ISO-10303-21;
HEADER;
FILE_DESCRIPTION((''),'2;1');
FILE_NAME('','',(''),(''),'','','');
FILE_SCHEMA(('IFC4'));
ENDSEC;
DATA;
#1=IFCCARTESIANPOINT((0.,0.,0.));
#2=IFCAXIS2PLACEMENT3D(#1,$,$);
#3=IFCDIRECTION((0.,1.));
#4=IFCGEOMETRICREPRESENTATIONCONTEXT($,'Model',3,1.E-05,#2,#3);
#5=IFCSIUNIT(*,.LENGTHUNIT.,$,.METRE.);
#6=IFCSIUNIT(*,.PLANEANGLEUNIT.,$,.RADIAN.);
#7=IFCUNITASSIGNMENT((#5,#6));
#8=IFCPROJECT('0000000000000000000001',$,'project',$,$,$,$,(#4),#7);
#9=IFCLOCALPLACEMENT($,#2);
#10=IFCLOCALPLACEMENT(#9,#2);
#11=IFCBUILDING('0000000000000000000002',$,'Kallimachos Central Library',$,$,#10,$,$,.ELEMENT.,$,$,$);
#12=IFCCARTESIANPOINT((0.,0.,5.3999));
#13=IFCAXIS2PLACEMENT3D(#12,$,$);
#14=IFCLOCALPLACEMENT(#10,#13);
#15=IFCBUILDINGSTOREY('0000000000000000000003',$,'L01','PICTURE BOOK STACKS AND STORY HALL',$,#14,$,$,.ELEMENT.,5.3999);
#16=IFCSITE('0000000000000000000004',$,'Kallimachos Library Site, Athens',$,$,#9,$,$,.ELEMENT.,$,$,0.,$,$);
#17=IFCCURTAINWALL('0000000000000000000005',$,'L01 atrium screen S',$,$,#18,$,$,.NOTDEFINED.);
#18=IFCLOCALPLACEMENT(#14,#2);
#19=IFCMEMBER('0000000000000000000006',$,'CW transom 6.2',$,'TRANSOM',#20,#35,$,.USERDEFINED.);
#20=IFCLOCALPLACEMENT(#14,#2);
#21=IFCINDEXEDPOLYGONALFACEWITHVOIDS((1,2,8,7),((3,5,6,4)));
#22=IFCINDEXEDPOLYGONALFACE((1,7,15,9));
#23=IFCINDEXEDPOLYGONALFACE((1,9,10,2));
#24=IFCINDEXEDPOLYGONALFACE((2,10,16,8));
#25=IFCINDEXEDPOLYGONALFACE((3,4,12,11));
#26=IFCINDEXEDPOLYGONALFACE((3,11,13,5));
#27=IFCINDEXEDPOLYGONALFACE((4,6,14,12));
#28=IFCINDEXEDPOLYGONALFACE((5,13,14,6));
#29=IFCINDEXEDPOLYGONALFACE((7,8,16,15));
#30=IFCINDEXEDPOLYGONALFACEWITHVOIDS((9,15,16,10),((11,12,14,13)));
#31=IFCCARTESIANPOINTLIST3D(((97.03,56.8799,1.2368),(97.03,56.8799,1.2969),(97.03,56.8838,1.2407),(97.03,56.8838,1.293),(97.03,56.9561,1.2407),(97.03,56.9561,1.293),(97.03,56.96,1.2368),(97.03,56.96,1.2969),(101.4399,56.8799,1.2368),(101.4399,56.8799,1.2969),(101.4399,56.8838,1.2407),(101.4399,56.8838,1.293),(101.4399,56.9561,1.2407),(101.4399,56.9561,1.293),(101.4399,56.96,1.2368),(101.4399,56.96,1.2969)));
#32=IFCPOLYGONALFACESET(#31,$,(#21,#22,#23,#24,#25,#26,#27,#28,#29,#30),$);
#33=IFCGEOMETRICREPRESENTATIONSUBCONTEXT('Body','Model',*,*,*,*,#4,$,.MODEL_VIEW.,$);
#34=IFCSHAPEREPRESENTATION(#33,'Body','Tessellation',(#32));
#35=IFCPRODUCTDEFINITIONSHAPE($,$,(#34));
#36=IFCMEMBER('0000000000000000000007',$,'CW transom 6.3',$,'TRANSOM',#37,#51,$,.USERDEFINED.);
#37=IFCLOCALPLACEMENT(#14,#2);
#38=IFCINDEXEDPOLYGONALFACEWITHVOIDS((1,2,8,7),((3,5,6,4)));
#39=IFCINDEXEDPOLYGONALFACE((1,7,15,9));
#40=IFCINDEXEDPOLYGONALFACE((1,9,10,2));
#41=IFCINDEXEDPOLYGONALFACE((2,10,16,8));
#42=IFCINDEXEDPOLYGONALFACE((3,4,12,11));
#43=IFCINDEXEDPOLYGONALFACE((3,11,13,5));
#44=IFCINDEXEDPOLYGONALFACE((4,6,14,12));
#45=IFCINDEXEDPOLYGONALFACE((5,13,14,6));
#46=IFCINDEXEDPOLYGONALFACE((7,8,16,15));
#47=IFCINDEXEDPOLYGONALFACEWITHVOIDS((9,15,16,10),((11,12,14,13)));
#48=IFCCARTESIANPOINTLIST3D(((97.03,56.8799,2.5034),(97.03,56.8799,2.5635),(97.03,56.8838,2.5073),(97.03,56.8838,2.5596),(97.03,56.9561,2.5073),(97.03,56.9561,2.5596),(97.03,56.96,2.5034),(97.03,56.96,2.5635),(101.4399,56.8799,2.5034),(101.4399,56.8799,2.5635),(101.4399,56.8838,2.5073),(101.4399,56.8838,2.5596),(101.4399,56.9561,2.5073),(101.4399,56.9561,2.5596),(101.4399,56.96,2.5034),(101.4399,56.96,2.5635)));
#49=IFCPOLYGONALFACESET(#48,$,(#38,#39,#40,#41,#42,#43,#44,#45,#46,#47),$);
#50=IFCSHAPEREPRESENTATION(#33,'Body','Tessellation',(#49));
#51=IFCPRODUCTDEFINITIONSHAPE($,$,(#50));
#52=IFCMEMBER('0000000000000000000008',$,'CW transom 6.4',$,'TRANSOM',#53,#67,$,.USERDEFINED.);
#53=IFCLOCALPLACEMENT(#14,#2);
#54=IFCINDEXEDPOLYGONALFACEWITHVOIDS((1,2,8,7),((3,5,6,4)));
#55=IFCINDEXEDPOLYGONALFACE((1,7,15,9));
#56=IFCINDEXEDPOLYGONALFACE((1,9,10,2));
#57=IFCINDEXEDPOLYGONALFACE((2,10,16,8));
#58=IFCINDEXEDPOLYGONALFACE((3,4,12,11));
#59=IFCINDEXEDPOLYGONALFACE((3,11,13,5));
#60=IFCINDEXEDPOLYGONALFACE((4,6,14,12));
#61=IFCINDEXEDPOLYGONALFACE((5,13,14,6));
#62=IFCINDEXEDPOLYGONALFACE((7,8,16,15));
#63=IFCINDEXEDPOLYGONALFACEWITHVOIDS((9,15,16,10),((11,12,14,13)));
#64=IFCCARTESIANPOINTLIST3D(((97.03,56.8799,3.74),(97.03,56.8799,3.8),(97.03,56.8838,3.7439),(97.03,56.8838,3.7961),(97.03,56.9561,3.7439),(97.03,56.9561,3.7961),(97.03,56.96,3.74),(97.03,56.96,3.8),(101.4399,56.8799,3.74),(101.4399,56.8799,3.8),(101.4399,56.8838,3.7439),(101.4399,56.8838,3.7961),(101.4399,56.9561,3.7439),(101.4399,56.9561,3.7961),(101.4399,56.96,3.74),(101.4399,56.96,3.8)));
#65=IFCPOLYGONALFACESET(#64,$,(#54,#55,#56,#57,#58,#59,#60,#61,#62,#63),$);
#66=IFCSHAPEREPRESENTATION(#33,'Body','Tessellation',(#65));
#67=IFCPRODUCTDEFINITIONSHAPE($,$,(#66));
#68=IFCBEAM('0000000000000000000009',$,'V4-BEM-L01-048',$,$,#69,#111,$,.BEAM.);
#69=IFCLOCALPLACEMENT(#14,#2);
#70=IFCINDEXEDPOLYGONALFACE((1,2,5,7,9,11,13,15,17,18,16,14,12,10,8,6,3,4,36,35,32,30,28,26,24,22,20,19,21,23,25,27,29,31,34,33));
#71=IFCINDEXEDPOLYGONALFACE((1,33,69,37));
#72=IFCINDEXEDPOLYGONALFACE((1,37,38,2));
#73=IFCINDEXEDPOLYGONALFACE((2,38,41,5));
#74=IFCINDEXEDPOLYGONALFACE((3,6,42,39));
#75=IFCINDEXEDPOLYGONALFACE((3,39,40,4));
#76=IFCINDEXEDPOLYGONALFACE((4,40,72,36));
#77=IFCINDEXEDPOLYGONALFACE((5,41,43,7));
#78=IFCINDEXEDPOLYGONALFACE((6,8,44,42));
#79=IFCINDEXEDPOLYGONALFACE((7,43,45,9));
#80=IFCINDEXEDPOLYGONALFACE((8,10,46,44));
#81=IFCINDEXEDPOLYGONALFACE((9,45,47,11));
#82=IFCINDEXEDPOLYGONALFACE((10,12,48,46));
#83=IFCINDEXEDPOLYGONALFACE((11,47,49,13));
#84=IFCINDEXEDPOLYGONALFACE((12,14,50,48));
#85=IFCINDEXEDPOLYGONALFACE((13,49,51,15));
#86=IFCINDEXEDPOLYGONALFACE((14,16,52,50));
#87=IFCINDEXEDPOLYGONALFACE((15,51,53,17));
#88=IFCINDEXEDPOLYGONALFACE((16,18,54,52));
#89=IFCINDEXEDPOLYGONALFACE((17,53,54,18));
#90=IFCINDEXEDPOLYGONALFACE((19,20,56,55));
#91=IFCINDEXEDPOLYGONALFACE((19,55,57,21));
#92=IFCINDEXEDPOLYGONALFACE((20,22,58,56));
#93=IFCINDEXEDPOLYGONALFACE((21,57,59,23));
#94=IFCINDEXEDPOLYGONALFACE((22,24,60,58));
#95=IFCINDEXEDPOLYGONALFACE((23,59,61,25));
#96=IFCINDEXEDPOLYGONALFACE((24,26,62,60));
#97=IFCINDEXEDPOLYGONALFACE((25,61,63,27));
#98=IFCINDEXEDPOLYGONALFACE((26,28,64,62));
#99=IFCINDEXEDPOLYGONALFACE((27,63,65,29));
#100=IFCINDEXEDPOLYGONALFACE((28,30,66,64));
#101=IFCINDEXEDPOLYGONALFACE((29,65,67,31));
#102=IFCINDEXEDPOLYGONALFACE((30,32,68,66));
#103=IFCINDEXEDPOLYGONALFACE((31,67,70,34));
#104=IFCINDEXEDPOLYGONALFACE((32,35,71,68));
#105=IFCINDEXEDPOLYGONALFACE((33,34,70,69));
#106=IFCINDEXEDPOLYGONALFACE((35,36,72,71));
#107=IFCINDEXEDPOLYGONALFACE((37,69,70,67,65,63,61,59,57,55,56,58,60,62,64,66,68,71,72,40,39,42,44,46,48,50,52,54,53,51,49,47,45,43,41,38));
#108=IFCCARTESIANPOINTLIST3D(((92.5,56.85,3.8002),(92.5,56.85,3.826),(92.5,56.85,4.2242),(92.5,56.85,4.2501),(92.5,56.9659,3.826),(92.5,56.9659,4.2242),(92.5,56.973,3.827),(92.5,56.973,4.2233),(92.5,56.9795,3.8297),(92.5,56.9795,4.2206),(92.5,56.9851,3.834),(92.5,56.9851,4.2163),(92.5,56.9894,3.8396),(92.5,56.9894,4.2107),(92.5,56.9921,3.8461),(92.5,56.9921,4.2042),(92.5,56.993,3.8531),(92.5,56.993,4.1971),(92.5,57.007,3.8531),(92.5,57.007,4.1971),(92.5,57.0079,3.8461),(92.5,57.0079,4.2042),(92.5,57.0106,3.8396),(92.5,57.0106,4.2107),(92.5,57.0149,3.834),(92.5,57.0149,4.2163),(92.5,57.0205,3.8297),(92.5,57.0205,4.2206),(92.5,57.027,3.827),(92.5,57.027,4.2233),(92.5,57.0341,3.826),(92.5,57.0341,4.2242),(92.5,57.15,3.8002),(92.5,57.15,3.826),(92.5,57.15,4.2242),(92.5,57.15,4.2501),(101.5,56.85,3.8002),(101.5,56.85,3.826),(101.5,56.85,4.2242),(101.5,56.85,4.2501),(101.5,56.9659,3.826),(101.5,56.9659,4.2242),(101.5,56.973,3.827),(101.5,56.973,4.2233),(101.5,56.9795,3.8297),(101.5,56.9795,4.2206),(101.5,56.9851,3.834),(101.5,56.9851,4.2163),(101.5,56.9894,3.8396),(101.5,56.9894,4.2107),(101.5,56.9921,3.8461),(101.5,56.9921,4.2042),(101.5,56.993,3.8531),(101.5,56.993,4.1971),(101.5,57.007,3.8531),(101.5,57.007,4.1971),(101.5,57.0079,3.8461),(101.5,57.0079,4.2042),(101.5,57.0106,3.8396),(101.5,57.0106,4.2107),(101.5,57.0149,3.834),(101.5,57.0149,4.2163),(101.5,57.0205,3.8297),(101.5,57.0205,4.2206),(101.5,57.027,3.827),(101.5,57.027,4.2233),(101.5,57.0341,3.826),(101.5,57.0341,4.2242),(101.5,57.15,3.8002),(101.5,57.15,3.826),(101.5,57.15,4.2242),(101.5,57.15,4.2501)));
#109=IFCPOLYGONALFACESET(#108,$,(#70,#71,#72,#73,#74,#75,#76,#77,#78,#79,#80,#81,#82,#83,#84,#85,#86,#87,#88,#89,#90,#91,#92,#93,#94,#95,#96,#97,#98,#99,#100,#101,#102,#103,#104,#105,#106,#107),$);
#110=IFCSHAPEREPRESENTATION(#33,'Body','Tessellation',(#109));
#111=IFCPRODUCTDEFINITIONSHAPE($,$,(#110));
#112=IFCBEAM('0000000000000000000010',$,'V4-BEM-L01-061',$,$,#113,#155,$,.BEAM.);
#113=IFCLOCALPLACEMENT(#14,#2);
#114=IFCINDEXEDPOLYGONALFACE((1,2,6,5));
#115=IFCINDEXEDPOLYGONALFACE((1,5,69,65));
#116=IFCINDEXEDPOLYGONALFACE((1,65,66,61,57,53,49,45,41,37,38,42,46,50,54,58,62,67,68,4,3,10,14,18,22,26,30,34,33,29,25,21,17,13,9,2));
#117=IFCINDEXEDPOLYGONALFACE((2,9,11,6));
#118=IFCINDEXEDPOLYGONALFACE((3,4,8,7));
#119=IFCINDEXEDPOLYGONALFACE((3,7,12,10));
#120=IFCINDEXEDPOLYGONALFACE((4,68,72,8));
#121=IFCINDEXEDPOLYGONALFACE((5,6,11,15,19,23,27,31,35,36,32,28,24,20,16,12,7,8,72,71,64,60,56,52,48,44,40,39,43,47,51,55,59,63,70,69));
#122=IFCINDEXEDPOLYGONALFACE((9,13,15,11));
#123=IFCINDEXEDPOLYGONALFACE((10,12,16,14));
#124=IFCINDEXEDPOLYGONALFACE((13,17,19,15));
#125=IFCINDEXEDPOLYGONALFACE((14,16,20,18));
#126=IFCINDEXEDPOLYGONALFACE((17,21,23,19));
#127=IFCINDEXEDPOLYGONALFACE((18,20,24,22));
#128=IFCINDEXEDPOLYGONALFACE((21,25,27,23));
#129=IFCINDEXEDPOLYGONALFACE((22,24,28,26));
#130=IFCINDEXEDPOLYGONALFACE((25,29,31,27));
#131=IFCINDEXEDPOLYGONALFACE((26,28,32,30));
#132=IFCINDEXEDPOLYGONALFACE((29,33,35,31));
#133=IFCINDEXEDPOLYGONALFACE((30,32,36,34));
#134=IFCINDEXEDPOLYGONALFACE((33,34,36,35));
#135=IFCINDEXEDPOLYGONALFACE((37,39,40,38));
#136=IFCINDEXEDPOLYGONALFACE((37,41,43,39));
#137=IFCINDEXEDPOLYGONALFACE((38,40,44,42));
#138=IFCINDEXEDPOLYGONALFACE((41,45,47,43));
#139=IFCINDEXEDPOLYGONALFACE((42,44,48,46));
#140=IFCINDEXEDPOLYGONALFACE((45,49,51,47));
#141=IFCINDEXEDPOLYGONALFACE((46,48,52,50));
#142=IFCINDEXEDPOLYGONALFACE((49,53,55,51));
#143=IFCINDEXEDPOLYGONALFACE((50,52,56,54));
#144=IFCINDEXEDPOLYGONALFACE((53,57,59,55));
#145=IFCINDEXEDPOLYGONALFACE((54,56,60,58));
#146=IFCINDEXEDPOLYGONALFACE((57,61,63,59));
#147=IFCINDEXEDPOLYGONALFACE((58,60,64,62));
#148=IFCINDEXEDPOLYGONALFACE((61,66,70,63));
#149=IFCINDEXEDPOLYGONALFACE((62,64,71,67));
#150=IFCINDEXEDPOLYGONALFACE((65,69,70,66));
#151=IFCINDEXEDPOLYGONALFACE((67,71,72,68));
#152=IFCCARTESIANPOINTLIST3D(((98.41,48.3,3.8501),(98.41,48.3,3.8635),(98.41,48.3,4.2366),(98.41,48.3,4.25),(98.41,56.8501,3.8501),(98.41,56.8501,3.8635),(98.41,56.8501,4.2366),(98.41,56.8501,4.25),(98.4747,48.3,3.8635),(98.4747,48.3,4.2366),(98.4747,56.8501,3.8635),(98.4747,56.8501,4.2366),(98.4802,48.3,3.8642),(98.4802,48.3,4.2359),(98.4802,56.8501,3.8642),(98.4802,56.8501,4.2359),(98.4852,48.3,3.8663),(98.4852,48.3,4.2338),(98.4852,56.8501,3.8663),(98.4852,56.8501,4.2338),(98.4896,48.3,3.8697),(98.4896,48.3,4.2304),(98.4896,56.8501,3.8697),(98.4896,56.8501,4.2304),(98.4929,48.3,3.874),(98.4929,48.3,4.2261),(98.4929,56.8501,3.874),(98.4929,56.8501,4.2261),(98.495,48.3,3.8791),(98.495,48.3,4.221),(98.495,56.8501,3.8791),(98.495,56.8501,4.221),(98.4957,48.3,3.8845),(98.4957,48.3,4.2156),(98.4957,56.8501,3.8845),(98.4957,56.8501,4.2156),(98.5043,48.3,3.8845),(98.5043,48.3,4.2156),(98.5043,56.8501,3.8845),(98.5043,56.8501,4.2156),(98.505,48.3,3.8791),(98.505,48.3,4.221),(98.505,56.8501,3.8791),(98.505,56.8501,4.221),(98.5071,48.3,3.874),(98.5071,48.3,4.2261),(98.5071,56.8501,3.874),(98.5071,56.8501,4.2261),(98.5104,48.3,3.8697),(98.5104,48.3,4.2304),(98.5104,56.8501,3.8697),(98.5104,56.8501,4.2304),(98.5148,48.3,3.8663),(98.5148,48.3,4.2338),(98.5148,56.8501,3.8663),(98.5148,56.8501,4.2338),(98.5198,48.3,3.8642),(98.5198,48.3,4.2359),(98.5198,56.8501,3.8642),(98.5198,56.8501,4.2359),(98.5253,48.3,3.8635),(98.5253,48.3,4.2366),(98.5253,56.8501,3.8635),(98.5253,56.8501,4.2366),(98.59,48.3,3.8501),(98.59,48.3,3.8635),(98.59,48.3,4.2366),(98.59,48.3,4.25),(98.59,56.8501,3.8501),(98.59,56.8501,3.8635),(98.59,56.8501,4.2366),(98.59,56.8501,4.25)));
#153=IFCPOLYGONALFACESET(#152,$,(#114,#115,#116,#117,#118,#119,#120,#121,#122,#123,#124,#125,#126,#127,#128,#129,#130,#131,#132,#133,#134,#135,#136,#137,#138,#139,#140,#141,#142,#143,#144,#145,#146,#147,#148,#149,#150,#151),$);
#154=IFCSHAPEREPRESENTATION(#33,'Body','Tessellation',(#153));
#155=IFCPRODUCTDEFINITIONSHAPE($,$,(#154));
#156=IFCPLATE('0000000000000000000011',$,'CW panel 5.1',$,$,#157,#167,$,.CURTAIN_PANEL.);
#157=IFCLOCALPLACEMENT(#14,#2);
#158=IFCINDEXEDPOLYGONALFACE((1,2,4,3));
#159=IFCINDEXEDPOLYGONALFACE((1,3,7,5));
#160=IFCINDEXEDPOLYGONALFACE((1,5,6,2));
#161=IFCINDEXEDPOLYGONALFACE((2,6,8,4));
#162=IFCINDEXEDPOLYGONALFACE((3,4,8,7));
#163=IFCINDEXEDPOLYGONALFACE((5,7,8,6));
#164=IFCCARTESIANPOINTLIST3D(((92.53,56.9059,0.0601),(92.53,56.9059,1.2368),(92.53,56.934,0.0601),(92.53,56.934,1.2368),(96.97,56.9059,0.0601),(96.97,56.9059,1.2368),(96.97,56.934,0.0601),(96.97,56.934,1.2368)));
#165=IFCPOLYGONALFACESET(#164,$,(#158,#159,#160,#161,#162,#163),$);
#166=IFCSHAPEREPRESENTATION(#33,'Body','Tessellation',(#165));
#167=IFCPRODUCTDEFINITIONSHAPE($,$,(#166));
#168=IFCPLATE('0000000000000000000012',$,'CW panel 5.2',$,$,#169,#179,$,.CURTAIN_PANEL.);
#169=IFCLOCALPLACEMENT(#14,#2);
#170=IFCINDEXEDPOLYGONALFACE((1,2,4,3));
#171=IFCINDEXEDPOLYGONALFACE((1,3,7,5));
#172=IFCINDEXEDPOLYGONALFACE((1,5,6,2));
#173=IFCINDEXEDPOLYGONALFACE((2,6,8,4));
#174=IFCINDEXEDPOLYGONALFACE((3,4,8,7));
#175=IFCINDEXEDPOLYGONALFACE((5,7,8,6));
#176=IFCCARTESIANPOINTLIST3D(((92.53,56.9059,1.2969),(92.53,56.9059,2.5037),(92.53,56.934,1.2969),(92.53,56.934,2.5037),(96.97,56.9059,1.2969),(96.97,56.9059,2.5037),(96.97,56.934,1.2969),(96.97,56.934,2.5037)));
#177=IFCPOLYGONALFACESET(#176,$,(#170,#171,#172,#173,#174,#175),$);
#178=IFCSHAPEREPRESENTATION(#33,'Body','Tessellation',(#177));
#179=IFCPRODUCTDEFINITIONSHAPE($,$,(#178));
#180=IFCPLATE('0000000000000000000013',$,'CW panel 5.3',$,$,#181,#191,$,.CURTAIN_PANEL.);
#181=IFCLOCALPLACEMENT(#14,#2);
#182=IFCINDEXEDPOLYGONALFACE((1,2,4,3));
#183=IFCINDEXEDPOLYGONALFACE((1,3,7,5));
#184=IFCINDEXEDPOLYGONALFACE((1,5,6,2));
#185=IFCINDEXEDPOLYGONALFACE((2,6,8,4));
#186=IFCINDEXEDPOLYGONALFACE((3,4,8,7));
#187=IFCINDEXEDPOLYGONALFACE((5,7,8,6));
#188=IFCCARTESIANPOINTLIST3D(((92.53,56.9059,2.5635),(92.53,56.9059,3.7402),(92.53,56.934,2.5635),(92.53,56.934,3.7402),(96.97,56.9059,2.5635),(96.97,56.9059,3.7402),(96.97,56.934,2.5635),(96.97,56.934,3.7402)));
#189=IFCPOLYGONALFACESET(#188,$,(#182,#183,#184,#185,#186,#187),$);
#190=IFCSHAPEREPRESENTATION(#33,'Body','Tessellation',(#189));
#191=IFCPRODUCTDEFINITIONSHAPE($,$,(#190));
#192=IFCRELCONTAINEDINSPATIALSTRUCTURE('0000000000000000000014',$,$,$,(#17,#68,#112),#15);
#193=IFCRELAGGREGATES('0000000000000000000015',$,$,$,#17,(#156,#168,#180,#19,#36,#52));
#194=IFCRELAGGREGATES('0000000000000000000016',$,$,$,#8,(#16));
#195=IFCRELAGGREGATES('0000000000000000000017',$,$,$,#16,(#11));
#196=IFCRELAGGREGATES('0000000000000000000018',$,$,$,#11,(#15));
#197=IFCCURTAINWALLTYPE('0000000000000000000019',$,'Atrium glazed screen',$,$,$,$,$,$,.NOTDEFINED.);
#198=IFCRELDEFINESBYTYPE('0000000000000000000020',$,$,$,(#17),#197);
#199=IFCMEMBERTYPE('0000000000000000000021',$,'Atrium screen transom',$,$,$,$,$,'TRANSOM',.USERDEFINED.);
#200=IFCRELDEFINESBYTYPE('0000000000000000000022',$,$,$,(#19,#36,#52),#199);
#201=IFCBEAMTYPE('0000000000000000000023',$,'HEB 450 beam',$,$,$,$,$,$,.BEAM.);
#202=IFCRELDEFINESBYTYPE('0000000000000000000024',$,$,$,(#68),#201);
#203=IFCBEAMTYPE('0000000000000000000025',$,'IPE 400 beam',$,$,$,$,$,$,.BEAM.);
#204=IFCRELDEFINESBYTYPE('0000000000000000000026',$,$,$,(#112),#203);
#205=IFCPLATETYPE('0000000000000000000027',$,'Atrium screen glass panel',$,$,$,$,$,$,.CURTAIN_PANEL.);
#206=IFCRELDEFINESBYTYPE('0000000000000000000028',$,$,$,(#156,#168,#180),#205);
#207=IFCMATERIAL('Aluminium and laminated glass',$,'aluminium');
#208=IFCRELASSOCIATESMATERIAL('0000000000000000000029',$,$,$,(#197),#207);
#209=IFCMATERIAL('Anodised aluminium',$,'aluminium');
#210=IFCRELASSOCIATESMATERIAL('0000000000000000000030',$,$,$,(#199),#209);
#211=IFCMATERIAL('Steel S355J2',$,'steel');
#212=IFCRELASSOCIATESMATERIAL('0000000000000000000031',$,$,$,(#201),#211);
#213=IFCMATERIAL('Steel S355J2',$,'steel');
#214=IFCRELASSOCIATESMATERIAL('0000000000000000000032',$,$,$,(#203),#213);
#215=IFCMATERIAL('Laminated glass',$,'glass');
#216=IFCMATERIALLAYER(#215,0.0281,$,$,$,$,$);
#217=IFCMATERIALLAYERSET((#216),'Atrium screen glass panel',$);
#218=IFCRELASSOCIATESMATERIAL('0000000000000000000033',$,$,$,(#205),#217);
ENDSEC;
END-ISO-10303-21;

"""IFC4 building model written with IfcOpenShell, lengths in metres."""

from ifc_helpers import new_model, si_unit, direction, frame, origin, origin_2d, place, context, subcontext, project, spatial, rectangle, hollow_rectangle, i_section, extrude, material, layer, layer_set, material_profile, profile_set, type_object, element, aggregate, save


model = new_model("IFC4")

# Units and contexts
model_context = context("Model", 3, precision=1e-05, world=origin(), true_north=direction((0.0, 1.0)))
body_context = subcontext(model_context, "Body", "Model", "MODEL_VIEW")
ifc_project = project(units=[si_unit("LENGTHUNIT", "METRE"), si_unit("PLANEANGLEUNIT", "RADIAN")], contexts=[model_context])

# Site, building, storey
site_placement = place(None, origin())
site = spatial("IfcSite", under=ifc_project, at=site_placement, Name="Kallimachos Library Site, Athens", CompositionType="ELEMENT", RefElevation=0.0)
building_placement = place(site_placement, origin())
building = spatial("IfcBuilding", under=site, at=building_placement, Name="Kallimachos Central Library", CompositionType="ELEMENT")
storey_placement = place(building_placement, frame((0.0, 0.0, 5.3999)))
storey = spatial("IfcBuildingStorey", under=building, at=storey_placement, Name="L01", Description="PICTURE BOOK STACKS AND STORY HALL", CompositionType="ELEMENT", Elevation=5.3999)

# Curtain wall, members
ifc_material_1 = material(Name="Aluminium and laminated glass", Category="aluminium")
curtain_wall_type = type_object("IfcCurtainWallType", Name="Atrium glazed screen", PredefinedType="NOTDEFINED", material=ifc_material_1)
curtain_wall_placement = place(storey_placement, origin())
curtain_wall = element("IfcCurtainWall", 1, at=curtain_wall_placement, inside=storey, type_object=curtain_wall_type, Name="L01 atrium screen S", PredefinedType="NOTDEFINED")
ifc_material_2 = material(Name="Anodised aluminium", Category="aluminium")
ifc_material_profile_1 = material_profile(ifc_material_2, hollow_rectangle(XDim=0.0601, YDim=0.0801, WallThickness=0.0039, at=origin_2d()), Name="ALU TRANSOM 60x80")
ifc_profile_set_1 = profile_set([ifc_material_profile_1], Name="Anodised aluminium")
member_type_1 = type_object("IfcMemberType", Name="Atrium screen transom", ElementType="TRANSOM", PredefinedType="USERDEFINED", material=ifc_profile_set_1)
member_1_placement = place(storey_placement, frame((97.03, 56.9199, 1.2668), z_axis=(1.0, 0.0, 0.0), x_axis=(0.0, 0.0, 1.0)))
member_1 = element("IfcMember", 2, at=member_1_placement, type_object=member_type_1, Name="CW transom 6.2", ObjectType="TRANSOM", PredefinedType="USERDEFINED", context=body_context, shape_type="SweptSolid", body=[
    extrude(hollow_rectangle(XDim=0.0601, YDim=0.0801, WallThickness=0.0039, at=origin_2d()), origin(), (0.0, 0.0, 1.0), 4.4099),
])
member_2_placement = place(storey_placement, frame((97.03, 56.9199, 2.5334), z_axis=(1.0, 0.0, 0.0), x_axis=(0.0, 0.0, 1.0)))
member_2 = element("IfcMember", 3, at=member_2_placement, type_object=member_type_1, Name="CW transom 6.3", ObjectType="TRANSOM", PredefinedType="USERDEFINED", context=body_context, shape_type="SweptSolid", body=[
    extrude(hollow_rectangle(XDim=0.0601, YDim=0.0801, WallThickness=0.0039, at=origin_2d()), origin(), (0.0, 0.0, 1.0), 4.4099),
])
member_3_placement = place(storey_placement, frame((97.03, 56.9199, 3.77), z_axis=(1.0, 0.0, 0.0), x_axis=(0.0, 0.0, 1.0)))
member_3 = element("IfcMember", 4, at=member_3_placement, type_object=member_type_1, Name="CW transom 6.4", ObjectType="TRANSOM", PredefinedType="USERDEFINED", context=body_context, shape_type="SweptSolid", body=[
    extrude(hollow_rectangle(XDim=0.0601, YDim=0.0801, WallThickness=0.0039, at=origin_2d()), origin(), (0.0, 0.0, 1.0), 4.4099),
])

# Beams
ifc_material_3 = material(Name="Steel S355J2", Category="steel")
ifc_material_profile_2 = material_profile(ifc_material_3, i_section(OverallWidth=0.3, OverallDepth=0.45, WebThickness=0.0139, FlangeThickness=0.0259, FilletRadius=0.0271, at=origin_2d()), Name="HEB 450")
ifc_profile_set_2 = profile_set([ifc_material_profile_2], Name="Steel S355J2")
beam_type_1 = type_object("IfcBeamType", Name="HEB 450 beam", PredefinedType="BEAM", material=ifc_profile_set_2)
beam_1_placement = place(storey_placement, frame((92.5, 57.0, 4.0251), z_axis=(1.0, 0.0, 0.0), x_axis=(0.0, 1.0, 0.0)))
element("IfcBeam", 5, at=beam_1_placement, inside=storey, type_object=beam_type_1, Name="V4-BEM-L01-048", PredefinedType="BEAM", context=body_context, shape_type="SweptSolid", body=[
    extrude(i_section(OverallWidth=0.3, OverallDepth=0.45, WebThickness=0.0139, FlangeThickness=0.0259, FilletRadius=0.0271, at=origin_2d()), origin(), (0.0, 0.0, 1.0), 9.0),
])
ifc_material_4 = material(Name="Steel S355J2", Category="steel")
ifc_material_profile_3 = material_profile(ifc_material_4, i_section(OverallWidth=0.1799, OverallDepth=0.3999, WebThickness=0.0085, FlangeThickness=0.0134, FilletRadius=0.021, at=origin_2d()), Name="IPE 400")
ifc_profile_set_3 = profile_set([ifc_material_profile_3], Name="Steel S355J2")
beam_type_2 = type_object("IfcBeamType", Name="IPE 400 beam", PredefinedType="BEAM", material=ifc_profile_set_3)
beam_2_placement = place(storey_placement, frame((98.5, 48.3, 4.05), z_axis=(0.0, 1.0, 0.0), x_axis=(-1.0, 0.0, 0.0)))
element("IfcBeam", 6, at=beam_2_placement, inside=storey, type_object=beam_type_2, Name="V4-BEM-L01-061", PredefinedType="BEAM", context=body_context, shape_type="SweptSolid", body=[
    extrude(i_section(OverallWidth=0.1799, OverallDepth=0.3999, WebThickness=0.0085, FlangeThickness=0.0134, FilletRadius=0.021, at=origin_2d()), origin(), (0.0, 0.0, 1.0), 8.55),
])

# Plates
ifc_material_5 = material(Name="Laminated glass", Category="glass")
ifc_layer_1 = layer(ifc_material_5, 0.0281)
ifc_layer_set_1 = layer_set([ifc_layer_1], Name="Atrium screen glass panel")
plate_type = type_object("IfcPlateType", Name="Atrium screen glass panel", PredefinedType="CURTAIN_PANEL", material=ifc_layer_set_1)
plate_1_placement = place(storey_placement, frame((94.75, 56.9199, 0.0601), z_axis=(0.0, 0.0, 1.0), x_axis=(1.0, 0.0, 0.0)))
plate_1 = element("IfcPlate", 7, at=plate_1_placement, type_object=plate_type, Name="CW panel 5.1", PredefinedType="CURTAIN_PANEL", context=body_context, shape_type="SweptSolid", body=[
    extrude(rectangle(XDim=4.4399, YDim=0.0281, at=origin_2d()), origin(), (0.0, 0.0, 1.0), 1.1768),
])
plate_2_placement = place(storey_placement, frame((94.75, 56.9199, 1.2969), z_axis=(0.0, 0.0, 1.0), x_axis=(1.0, 0.0, 0.0)))
plate_2 = element("IfcPlate", 8, at=plate_2_placement, type_object=plate_type, Name="CW panel 5.2", PredefinedType="CURTAIN_PANEL", context=body_context, shape_type="SweptSolid", body=[
    extrude(rectangle(XDim=4.4399, YDim=0.0281, at=origin_2d()), origin(), (0.0, 0.0, 1.0), 1.2068),
])
plate_3_placement = place(storey_placement, frame((94.75, 56.9199, 2.5635), z_axis=(0.0, 0.0, 1.0), x_axis=(1.0, 0.0, 0.0)))
plate_3 = element("IfcPlate", 9, at=plate_3_placement, type_object=plate_type, Name="CW panel 5.3", PredefinedType="CURTAIN_PANEL", context=body_context, shape_type="SweptSolid", body=[
    extrude(rectangle(XDim=4.4399, YDim=0.0281, at=origin_2d()), origin(), (0.0, 0.0, 1.0), 1.1768),
])
aggregate(curtain_wall, [plate_1, plate_2, plate_3, member_1, member_2, member_3])

save(model, "model.ifc")
